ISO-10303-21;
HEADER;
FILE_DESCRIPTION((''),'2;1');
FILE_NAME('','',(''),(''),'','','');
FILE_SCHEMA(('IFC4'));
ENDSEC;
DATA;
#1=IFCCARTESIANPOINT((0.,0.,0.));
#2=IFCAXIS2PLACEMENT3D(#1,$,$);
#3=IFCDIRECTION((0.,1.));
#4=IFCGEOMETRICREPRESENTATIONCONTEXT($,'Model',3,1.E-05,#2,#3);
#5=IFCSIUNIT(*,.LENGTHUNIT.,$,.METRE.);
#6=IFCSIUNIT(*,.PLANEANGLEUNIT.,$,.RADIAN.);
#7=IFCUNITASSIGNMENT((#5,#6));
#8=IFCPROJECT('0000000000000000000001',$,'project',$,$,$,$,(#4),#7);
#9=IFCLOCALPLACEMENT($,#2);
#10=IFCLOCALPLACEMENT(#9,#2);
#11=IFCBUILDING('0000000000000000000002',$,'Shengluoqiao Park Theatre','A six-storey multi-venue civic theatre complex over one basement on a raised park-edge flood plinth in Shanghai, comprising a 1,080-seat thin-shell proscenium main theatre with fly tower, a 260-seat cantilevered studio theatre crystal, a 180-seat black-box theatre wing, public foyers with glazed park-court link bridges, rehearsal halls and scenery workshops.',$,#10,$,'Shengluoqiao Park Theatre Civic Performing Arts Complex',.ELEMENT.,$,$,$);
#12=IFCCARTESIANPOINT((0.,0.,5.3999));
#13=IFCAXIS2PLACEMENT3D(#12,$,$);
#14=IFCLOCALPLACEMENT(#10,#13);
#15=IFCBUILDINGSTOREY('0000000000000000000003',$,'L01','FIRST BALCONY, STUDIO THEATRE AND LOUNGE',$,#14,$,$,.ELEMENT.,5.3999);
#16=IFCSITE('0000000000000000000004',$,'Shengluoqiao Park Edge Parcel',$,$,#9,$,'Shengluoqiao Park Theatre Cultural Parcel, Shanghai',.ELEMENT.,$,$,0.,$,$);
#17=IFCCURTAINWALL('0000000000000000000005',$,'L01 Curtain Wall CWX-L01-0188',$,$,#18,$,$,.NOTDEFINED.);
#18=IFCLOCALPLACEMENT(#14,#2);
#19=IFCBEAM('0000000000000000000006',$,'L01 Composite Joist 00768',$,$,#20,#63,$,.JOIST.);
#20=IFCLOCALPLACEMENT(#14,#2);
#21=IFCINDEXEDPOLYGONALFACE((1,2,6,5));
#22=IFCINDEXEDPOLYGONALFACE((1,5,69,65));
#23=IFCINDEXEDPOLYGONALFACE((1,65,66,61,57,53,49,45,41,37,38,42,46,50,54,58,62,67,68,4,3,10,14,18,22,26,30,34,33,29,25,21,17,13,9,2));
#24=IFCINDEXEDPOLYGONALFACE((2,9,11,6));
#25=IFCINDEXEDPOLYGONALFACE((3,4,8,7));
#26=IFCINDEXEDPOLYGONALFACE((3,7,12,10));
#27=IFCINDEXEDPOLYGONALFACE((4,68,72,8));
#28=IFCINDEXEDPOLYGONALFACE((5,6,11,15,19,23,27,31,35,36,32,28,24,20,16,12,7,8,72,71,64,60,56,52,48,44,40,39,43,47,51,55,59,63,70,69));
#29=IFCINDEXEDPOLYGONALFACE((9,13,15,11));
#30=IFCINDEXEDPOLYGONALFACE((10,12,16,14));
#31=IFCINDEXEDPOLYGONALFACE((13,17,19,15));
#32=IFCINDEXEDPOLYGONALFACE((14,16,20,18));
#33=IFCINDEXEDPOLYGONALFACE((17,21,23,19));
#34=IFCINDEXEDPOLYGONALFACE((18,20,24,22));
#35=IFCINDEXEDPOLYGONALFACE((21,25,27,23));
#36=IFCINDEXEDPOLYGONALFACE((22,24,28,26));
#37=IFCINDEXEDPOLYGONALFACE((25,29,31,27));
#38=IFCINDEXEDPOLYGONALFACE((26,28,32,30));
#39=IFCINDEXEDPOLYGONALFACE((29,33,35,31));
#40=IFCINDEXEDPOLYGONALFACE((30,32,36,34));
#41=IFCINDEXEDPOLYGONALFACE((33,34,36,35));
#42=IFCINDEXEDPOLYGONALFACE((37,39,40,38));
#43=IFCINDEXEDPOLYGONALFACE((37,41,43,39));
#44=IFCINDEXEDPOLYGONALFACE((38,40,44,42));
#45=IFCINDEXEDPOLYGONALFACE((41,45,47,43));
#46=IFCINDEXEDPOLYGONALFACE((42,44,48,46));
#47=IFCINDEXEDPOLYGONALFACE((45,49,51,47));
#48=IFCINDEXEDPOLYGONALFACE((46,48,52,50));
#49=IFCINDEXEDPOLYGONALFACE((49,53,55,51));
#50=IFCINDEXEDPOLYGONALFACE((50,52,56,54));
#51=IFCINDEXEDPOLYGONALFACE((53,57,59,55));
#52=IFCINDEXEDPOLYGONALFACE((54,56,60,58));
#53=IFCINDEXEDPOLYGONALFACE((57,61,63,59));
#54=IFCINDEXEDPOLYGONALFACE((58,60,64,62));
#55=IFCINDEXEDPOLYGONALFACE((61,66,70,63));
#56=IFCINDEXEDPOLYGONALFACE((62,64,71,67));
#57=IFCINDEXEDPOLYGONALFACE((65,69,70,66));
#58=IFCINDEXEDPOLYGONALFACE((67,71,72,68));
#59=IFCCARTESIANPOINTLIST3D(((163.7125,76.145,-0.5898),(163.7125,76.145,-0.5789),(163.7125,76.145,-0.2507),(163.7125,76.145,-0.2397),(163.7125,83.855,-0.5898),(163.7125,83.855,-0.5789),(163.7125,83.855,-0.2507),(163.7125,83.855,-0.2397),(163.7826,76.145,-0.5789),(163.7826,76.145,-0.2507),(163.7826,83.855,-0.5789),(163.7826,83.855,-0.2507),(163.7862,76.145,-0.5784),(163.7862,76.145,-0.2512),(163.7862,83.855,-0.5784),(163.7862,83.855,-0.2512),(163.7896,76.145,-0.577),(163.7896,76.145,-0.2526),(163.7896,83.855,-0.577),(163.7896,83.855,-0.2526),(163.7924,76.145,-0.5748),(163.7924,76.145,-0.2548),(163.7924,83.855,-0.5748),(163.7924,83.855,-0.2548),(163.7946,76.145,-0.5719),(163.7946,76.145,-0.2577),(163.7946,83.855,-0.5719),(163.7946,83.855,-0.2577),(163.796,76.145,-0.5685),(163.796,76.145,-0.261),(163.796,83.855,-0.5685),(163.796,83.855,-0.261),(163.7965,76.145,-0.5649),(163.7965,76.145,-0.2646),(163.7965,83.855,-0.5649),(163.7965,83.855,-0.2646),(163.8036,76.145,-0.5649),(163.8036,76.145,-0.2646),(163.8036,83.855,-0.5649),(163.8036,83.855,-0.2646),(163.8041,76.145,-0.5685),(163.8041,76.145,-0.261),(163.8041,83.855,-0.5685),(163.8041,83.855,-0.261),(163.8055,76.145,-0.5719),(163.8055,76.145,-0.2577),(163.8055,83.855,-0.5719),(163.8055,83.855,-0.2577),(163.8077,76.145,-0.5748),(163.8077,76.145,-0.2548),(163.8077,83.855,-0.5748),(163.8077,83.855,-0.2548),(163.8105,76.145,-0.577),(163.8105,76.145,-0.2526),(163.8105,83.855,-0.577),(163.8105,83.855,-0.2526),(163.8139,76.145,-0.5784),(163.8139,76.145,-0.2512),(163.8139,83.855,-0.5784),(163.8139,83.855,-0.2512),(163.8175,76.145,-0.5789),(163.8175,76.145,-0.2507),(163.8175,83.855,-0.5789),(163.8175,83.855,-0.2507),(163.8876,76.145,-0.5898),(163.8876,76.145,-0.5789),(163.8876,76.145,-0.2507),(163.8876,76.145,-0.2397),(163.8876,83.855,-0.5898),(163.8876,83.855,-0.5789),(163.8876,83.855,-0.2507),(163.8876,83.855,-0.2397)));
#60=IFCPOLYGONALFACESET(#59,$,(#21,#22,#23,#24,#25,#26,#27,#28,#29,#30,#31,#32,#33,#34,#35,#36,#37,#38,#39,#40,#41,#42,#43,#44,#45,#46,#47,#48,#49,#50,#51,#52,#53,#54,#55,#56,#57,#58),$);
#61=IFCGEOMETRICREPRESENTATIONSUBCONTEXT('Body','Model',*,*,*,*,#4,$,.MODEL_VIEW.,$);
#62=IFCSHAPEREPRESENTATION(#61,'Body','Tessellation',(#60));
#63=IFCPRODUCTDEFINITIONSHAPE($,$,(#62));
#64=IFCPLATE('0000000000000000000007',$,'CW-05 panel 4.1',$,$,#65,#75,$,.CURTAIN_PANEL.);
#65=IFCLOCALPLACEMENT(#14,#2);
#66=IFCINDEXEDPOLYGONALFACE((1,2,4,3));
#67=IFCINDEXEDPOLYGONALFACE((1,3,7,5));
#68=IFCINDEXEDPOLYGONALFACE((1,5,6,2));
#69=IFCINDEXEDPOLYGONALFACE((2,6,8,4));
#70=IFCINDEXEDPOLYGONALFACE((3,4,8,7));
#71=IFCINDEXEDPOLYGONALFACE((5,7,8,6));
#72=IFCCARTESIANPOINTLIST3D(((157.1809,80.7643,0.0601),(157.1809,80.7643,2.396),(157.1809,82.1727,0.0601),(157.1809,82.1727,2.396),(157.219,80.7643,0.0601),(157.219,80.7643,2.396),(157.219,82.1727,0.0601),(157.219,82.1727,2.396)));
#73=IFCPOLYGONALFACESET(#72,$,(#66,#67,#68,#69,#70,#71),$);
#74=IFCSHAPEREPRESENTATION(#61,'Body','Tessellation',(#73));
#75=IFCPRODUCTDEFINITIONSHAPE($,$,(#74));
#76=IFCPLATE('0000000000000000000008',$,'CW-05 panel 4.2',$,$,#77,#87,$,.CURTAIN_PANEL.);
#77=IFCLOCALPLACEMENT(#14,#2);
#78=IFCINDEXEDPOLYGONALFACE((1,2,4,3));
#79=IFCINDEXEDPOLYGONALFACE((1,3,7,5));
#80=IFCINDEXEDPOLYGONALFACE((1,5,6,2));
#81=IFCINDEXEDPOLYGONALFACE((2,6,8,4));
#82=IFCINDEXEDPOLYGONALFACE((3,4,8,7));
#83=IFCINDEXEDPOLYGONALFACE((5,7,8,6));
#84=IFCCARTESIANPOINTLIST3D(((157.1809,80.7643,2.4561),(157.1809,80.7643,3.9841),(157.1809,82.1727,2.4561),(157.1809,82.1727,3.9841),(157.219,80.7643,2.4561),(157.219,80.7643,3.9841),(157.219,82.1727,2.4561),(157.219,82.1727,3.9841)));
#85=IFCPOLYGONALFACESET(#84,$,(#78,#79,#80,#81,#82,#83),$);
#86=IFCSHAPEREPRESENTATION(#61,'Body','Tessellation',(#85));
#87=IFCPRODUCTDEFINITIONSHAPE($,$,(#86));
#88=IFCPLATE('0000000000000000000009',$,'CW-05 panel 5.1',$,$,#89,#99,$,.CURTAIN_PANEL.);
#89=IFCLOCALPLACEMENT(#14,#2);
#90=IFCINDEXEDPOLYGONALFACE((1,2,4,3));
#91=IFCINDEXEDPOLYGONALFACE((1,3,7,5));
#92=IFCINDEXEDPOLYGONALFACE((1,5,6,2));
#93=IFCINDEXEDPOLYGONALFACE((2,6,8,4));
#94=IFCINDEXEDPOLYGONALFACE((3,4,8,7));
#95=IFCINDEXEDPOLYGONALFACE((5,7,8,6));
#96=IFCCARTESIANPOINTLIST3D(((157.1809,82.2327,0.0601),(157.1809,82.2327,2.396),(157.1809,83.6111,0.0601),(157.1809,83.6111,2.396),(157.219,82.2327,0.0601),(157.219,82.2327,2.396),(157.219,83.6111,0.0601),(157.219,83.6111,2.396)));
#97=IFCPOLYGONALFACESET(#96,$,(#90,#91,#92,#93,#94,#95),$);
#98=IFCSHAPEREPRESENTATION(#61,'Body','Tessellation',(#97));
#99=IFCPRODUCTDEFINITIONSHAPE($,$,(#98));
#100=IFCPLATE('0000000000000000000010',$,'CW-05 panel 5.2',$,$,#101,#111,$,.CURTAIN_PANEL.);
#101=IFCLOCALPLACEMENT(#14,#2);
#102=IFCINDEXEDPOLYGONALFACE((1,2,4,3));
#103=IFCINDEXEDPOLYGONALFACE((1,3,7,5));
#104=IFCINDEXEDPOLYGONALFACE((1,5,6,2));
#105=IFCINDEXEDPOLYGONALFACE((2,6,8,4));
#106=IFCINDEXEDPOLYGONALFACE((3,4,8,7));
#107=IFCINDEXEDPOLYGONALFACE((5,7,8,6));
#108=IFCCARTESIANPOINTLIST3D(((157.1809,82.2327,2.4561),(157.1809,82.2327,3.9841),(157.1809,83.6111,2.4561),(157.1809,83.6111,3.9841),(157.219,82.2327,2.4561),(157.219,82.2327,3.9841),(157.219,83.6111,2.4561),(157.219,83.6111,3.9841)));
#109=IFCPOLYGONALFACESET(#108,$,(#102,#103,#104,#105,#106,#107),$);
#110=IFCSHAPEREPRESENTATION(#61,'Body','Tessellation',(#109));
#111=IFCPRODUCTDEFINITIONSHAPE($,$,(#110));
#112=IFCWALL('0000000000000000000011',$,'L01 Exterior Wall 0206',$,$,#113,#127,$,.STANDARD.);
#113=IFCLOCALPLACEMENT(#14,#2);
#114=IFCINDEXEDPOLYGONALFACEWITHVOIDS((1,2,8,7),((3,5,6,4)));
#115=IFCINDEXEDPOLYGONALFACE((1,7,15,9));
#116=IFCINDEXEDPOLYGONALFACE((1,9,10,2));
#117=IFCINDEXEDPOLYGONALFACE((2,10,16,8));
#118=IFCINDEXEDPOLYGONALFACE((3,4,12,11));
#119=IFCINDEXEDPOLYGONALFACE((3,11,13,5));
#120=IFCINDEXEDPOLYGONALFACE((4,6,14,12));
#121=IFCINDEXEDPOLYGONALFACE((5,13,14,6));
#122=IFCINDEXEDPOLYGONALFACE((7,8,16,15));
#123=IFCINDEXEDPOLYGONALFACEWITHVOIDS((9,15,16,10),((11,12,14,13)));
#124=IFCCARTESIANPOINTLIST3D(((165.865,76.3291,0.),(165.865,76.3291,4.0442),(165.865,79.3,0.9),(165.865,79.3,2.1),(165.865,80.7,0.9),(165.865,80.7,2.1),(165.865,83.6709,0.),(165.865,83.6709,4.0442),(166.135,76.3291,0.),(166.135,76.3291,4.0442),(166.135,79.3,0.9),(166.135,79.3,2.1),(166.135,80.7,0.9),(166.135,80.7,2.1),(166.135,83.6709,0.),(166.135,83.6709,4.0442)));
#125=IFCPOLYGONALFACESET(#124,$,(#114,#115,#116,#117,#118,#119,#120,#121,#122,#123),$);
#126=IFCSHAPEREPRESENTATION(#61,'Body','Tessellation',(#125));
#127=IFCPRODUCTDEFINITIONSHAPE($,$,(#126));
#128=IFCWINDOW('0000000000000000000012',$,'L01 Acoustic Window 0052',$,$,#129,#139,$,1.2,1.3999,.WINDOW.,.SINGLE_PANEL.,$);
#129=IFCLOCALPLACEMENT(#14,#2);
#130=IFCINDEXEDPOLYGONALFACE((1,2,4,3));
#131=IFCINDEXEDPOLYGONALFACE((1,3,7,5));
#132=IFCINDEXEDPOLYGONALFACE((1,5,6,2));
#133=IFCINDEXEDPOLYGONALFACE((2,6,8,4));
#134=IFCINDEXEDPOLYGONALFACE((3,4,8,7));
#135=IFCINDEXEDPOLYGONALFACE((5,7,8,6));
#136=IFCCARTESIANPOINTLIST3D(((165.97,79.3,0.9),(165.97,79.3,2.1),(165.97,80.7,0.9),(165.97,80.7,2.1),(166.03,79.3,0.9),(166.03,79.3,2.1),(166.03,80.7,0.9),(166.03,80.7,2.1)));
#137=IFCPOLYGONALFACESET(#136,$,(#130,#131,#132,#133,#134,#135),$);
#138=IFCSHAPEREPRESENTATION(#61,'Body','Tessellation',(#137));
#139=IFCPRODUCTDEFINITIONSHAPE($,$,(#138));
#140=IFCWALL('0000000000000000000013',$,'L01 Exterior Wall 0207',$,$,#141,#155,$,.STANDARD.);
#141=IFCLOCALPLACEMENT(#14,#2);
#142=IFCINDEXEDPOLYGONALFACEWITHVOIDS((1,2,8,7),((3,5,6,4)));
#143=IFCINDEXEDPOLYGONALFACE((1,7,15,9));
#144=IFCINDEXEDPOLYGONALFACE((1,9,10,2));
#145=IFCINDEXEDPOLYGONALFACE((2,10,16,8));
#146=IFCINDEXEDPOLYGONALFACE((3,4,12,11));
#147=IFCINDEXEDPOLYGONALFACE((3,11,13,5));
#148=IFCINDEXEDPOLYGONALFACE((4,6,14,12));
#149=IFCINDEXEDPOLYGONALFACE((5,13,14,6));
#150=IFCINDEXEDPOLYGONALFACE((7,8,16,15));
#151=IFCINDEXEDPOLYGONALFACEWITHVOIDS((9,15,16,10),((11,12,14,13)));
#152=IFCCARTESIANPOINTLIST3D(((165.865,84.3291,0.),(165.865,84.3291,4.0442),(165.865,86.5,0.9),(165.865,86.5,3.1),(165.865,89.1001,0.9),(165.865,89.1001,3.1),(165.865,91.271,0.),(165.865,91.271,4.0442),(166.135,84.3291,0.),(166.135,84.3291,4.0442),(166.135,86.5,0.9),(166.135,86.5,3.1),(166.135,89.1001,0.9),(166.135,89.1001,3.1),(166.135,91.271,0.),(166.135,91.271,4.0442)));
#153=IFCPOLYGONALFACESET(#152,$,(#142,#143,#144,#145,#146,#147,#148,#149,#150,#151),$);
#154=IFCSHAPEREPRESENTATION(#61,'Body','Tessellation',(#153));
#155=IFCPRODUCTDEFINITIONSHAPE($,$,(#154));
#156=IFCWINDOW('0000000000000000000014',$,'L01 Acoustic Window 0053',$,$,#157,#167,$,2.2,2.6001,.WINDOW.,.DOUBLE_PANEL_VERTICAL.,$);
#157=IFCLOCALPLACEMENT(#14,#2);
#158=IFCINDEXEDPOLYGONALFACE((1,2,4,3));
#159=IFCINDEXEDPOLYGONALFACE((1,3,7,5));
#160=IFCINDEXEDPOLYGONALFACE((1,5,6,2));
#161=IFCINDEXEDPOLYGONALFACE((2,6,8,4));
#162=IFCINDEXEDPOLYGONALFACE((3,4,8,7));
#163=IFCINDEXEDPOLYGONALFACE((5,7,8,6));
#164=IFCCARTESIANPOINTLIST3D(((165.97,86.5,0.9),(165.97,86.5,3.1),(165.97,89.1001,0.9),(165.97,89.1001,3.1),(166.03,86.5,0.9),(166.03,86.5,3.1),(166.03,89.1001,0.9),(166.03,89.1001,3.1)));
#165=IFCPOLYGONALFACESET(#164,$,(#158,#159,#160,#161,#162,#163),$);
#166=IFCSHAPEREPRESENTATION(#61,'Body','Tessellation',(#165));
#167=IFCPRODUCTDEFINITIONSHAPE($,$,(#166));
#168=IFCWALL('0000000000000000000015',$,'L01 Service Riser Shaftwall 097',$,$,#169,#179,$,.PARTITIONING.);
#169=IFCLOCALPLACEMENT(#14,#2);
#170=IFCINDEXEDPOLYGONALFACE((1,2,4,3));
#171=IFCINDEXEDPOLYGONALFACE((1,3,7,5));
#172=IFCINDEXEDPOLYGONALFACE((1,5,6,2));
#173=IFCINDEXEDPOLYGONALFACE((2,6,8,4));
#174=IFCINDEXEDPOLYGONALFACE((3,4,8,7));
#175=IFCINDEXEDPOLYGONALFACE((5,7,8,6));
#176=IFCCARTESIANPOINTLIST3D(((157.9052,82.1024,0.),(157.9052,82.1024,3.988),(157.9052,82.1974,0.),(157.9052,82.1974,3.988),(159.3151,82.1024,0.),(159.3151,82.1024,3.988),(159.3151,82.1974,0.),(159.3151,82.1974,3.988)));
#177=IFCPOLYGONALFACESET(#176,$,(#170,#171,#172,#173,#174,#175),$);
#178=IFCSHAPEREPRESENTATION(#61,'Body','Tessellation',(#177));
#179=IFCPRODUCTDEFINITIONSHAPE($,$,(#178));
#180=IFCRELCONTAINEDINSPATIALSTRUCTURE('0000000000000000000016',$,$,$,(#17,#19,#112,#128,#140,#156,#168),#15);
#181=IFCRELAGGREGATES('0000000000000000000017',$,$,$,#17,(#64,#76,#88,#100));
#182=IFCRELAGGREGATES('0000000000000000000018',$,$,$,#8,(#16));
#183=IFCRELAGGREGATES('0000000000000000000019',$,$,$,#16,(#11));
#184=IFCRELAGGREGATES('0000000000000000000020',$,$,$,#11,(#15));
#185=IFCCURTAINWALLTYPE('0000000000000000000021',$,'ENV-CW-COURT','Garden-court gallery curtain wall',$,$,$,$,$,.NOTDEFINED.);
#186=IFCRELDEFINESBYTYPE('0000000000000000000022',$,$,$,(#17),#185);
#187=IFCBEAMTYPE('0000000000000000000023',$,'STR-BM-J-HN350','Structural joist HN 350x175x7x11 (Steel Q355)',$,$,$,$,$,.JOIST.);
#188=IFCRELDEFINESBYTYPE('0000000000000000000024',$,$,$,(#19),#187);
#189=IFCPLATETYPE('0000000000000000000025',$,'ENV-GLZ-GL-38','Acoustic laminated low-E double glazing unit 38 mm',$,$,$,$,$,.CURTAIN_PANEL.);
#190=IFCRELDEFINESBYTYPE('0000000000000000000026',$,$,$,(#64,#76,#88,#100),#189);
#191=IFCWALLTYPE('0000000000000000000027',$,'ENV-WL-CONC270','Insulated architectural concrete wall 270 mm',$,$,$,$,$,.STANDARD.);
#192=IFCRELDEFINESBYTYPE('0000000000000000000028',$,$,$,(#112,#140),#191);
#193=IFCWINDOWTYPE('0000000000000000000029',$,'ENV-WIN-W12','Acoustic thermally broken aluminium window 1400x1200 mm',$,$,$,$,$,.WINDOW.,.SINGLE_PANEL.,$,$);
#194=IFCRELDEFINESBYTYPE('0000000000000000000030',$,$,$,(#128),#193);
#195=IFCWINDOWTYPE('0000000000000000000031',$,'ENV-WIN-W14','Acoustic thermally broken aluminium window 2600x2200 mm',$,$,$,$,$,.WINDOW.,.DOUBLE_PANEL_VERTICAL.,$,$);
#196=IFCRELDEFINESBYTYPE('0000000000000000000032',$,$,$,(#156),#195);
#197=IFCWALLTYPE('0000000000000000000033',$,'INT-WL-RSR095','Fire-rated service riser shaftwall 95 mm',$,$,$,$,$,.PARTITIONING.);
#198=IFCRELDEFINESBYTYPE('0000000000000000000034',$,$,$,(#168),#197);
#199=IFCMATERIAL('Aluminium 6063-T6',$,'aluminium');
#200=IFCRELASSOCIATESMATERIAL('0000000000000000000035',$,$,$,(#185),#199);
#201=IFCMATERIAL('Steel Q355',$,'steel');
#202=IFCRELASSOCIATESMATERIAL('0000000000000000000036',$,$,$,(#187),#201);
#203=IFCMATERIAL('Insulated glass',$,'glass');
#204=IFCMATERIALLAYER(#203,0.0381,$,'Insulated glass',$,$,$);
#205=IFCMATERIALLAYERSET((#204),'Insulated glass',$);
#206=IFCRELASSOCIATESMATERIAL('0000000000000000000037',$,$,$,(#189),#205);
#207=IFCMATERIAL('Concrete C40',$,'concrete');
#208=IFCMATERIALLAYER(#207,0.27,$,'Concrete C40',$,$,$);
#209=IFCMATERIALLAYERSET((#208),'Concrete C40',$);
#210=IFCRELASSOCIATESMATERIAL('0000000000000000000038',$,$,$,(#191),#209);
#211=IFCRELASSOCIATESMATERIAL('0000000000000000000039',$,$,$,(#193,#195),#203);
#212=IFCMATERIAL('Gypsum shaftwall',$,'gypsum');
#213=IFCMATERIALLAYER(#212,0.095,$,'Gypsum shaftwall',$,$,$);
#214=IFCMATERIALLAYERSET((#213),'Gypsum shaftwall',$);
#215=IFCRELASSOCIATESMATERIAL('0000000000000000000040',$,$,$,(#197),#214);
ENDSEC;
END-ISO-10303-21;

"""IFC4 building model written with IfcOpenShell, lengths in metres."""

from ifc_helpers import new_model, si_unit, direction, frame, frame_2d, origin, origin_2d, place, context, subcontext, project, spatial, rectangle, i_section, extrude, material, layer, layer_set, material_profile, profile_set, type_object, element, fill, aggregate, save


model = new_model("IFC4")

# Units and contexts
model_context = context("Model", 3, precision=1e-05, world=origin(), true_north=direction((0.0, 1.0)))
body_context = subcontext(model_context, "Body", "Model", "MODEL_VIEW")
ifc_project = project(units=[si_unit("LENGTHUNIT", "METRE"), si_unit("PLANEANGLEUNIT", "RADIAN")], contexts=[model_context])

# Site, building, storey
site_placement = place(None, origin())
site = spatial("IfcSite", under=ifc_project, at=site_placement, Name="Shengluoqiao Park Edge Parcel", LongName="Shengluoqiao Park Theatre Cultural Parcel, Shanghai", CompositionType="ELEMENT", RefElevation=0.0)
building_placement = place(site_placement, origin())
building = spatial("IfcBuilding", under=site, at=building_placement, Name="Shengluoqiao Park Theatre", Description="A six-storey multi-venue civic theatre complex over one basement on a raised park-edge flood plinth in Shanghai, comprising a 1,080-seat thin-shell proscenium main theatre with fly tower, a 260-seat cantilevered studio theatre crystal, a 180-seat black-box theatre wing, public foyers with glazed park-court link bridges, rehearsal halls and scenery workshops.", LongName="Shengluoqiao Park Theatre Civic Performing Arts Complex", CompositionType="ELEMENT")
storey_placement = place(building_placement, frame((0.0, 0.0, 5.3999)))
storey = spatial("IfcBuildingStorey", under=building, at=storey_placement, Name="L01", Description="FIRST BALCONY, STUDIO THEATRE AND LOUNGE", CompositionType="ELEMENT", Elevation=5.3999)

# Shared definitions
ifc_material_1 = material(Name="Concrete C40", Category="concrete")

# Curtain wall
ifc_material_2 = material(Name="Aluminium 6063-T6", Category="aluminium")
curtain_wall_type = type_object("IfcCurtainWallType", Name="ENV-CW-COURT", Description="Garden-court gallery curtain wall", PredefinedType="NOTDEFINED", material=ifc_material_2)
curtain_wall_placement = place(storey_placement, origin())
curtain_wall = element("IfcCurtainWall", 1, at=curtain_wall_placement, inside=storey, type_object=curtain_wall_type, Name="L01 Curtain Wall CWX-L01-0188", PredefinedType="NOTDEFINED")

# Beam
ifc_material_3 = material(Name="Steel Q355", Category="steel")
ifc_material_profile_1 = material_profile(ifc_material_3, i_section(OverallWidth=0.175, OverallDepth=0.3501, WebThickness=0.0071, FlangeThickness=0.011, FilletRadius=0.0139, at=origin_2d()), Name="HN 350x175x7x11")
ifc_profile_set_1 = profile_set([ifc_material_profile_1], Name="Steel Q355")
beam_type_1 = type_object("IfcBeamType", Name="STR-BM-J-HN350", Description="Structural joist HN 350x175x7x11 (Steel Q355)", PredefinedType="JOIST", material=ifc_profile_set_1)
for number, where, z_axis, x_axis, name in (
    (2, (163.8, 76.145, -0.4148), (0.0, 1.0, 0.0), (-1.0, 0.0, 0.0), "L01 Composite Joist 00768"),
):
    element("IfcBeam", number, at=place(storey_placement, frame(where, z_axis=z_axis, x_axis=x_axis)), inside=storey, type_object=beam_type_1, Name=name, PredefinedType="JOIST", context=body_context, shape_type="SweptSolid", body=[
        extrude(i_section(OverallWidth=0.175, OverallDepth=0.3501, WebThickness=0.0071, FlangeThickness=0.011, FilletRadius=0.0139, at=origin_2d()), origin(), (0.0, 0.0, 1.0), 7.71),
    ])

# Plates
ifc_material_4 = material(Name="Insulated glass", Category="glass")
ifc_layer_1 = layer(ifc_material_4, 0.0381, Name="Insulated glass")
ifc_layer_set_1 = layer_set([ifc_layer_1], Name="Insulated glass")
plate_type = type_object("IfcPlateType", Name="ENV-GLZ-GL-38", Description="Acoustic laminated low-E double glazing unit 38 mm", PredefinedType="CURTAIN_PANEL", material=ifc_layer_set_1)
plate_1_placement = place(storey_placement, frame((157.2, 81.4685, 0.0601), z_axis=(0.0, 0.0, 1.0), x_axis=(0.0, 1.0, 0.0)))
plate_1 = element("IfcPlate", 3, at=plate_1_placement, type_object=plate_type, Name="CW-05 panel 4.1", PredefinedType="CURTAIN_PANEL", context=body_context, shape_type="SweptSolid", body=[
    extrude(rectangle(XDim=1.4084, YDim=0.0381, at=origin_2d()), origin(), (0.0, 0.0, 1.0), 2.3359),
])
plate_2_placement = place(storey_placement, frame((157.2, 81.4685, 2.4561), z_axis=(0.0, 0.0, 1.0), x_axis=(0.0, 1.0, 0.0)))
plate_2 = element("IfcPlate", 4, at=plate_2_placement, type_object=plate_type, Name="CW-05 panel 4.2", PredefinedType="CURTAIN_PANEL", context=body_context, shape_type="SweptSolid", body=[
    extrude(rectangle(XDim=1.4084, YDim=0.0381, at=origin_2d()), origin(), (0.0, 0.0, 1.0), 1.5281),
])
plate_3_placement = place(storey_placement, frame((157.2, 82.9219, 0.0601), z_axis=(0.0, 0.0, 1.0), x_axis=(0.0, 1.0, 0.0)))
plate_3 = element("IfcPlate", 5, at=plate_3_placement, type_object=plate_type, Name="CW-05 panel 5.1", PredefinedType="CURTAIN_PANEL", context=body_context, shape_type="SweptSolid", body=[
    extrude(rectangle(XDim=1.3784, YDim=0.0381, at=origin_2d()), origin(), (0.0, 0.0, 1.0), 2.3359),
])
plate_4_placement = place(storey_placement, frame((157.2, 82.9219, 2.4561), z_axis=(0.0, 0.0, 1.0), x_axis=(0.0, 1.0, 0.0)))
plate_4 = element("IfcPlate", 6, at=plate_4_placement, type_object=plate_type, Name="CW-05 panel 5.2", PredefinedType="CURTAIN_PANEL", context=body_context, shape_type="SweptSolid", body=[
    extrude(rectangle(XDim=1.3784, YDim=0.0381, at=origin_2d()), origin(), (0.0, 0.0, 1.0), 1.5281),
])
aggregate(curtain_wall, [plate_1, plate_2, plate_3, plate_4])

# Walls, openings, windows
ifc_layer_2 = layer(ifc_material_1, 0.27, Name="Concrete C40")
ifc_layer_set_2 = layer_set([ifc_layer_2], Name="Concrete C40")
wall_type_1 = type_object("IfcWallType", Name="ENV-WL-CONC270", Description="Insulated architectural concrete wall 270 mm", PredefinedType="STANDARD", material=ifc_layer_set_2)
wall_1_placement = place(storey_placement, frame((166.0, 76.3291, 0.0), z_axis=(0.0, 0.0, 1.0), x_axis=(0.0, 1.0, 0.0)))
wall_1 = element("IfcWall", 7, at=wall_1_placement, inside=storey, type_object=wall_type_1, Name="L01 Exterior Wall 0206", PredefinedType="STANDARD", context=body_context, shape_type="SweptSolid", body=[
    extrude(rectangle(XDim=7.3418, YDim=0.27, at=frame_2d((3.6709, 0.0))), origin(), (0.0, 0.0, 1.0), 4.0442),
])
opening_1_placement = place(wall_1_placement, frame((2.9709, 0.0, 0.8999)))
opening_1 = element("IfcOpeningElement", 8, at=opening_1_placement, cuts=wall_1, PredefinedType="OPENING", context=body_context, shape_type="SweptSolid", body=[
    extrude(rectangle(XDim=1.3999, YDim=1.2, at=frame_2d((0.7, 0.6001))), frame((0.0, 0.145, 0.0), z_axis=(0.0, -1.0, 0.0), x_axis=(1.0, 0.0, 0.0)), (0.0, 0.0, 1.0), 0.29),
])
window_type_1 = type_object("IfcWindowType", Name="ENV-WIN-W12", Description="Acoustic thermally broken aluminium window 1400x1200 mm", PartitioningType="SINGLE_PANEL", PredefinedType="WINDOW", material=ifc_material_4)
window_1_placement = place(opening_1_placement, origin())
window_1 = element("IfcWindow", 9, at=window_1_placement, inside=storey, type_object=window_type_1, Name="L01 Acoustic Window 0052", OverallHeight=1.2, OverallWidth=1.3999, PartitioningType="SINGLE_PANEL", PredefinedType="WINDOW", context=body_context, shape_type="SweptSolid", body=[
    extrude(rectangle(XDim=1.3999, YDim=1.2, at=frame_2d((0.7, 0.6001))), frame((0.0, 0.03, 0.0), z_axis=(0.0, -1.0, 0.0), x_axis=(1.0, 0.0, 0.0)), (0.0, 0.0, 1.0), 0.0601),
])
fill(opening_1, window_1)
wall_2_placement = place(storey_placement, frame((166.0, 84.3291, 0.0), z_axis=(0.0, 0.0, 1.0), x_axis=(0.0, 1.0, 0.0)))
wall_2 = element("IfcWall", 10, at=wall_2_placement, inside=storey, type_object=wall_type_1, Name="L01 Exterior Wall 0207", PredefinedType="STANDARD", context=body_context, shape_type="SweptSolid", body=[
    extrude(rectangle(XDim=6.9419, YDim=0.27, at=frame_2d((3.4709, 0.0))), origin(), (0.0, 0.0, 1.0), 4.0442),
])
opening_2_placement = place(wall_2_placement, frame((2.1709, 0.0, 0.8999)))
opening_2 = element("IfcOpeningElement", 11, at=opening_2_placement, cuts=wall_2, PredefinedType="OPENING", context=body_context, shape_type="SweptSolid", body=[
    extrude(rectangle(XDim=2.6001, YDim=2.2, at=frame_2d((1.3, 1.1001))), frame((0.0, 0.145, 0.0), z_axis=(0.0, -1.0, 0.0), x_axis=(1.0, 0.0, 0.0)), (0.0, 0.0, 1.0), 0.29),
])
window_type_2 = type_object("IfcWindowType", Name="ENV-WIN-W14", Description="Acoustic thermally broken aluminium window 2600x2200 mm", PartitioningType="DOUBLE_PANEL_VERTICAL", PredefinedType="WINDOW", material=ifc_material_4)
window_2_placement = place(opening_2_placement, origin())
window_2 = element("IfcWindow", 12, at=window_2_placement, inside=storey, type_object=window_type_2, Name="L01 Acoustic Window 0053", OverallHeight=2.2, OverallWidth=2.6001, PartitioningType="DOUBLE_PANEL_VERTICAL", PredefinedType="WINDOW", context=body_context, shape_type="SweptSolid", body=[
    extrude(rectangle(XDim=2.6001, YDim=2.2, at=frame_2d((1.3, 1.1001))), frame((0.0, 0.03, 0.0), z_axis=(0.0, -1.0, 0.0), x_axis=(1.0, 0.0, 0.0)), (0.0, 0.0, 1.0), 0.0601),
])
fill(opening_2, window_2)

# Wall
ifc_material_5 = material(Name="Gypsum shaftwall", Category="gypsum")
ifc_layer_3 = layer(ifc_material_5, 0.095, Name="Gypsum shaftwall")
ifc_layer_set_3 = layer_set([ifc_layer_3], Name="Gypsum shaftwall")
wall_type_2 = type_object("IfcWallType", Name="INT-WL-RSR095", Description="Fire-rated service riser shaftwall 95 mm", PredefinedType="PARTITIONING", material=ifc_layer_set_3)
for number, where, z_axis, x_axis, name in (
    (13, (157.905, 82.1499, 0.0), (0.0, 0.0, 1.0), (1.0, 0.0, 0.0), "L01 Service Riser Shaftwall 097"),
):
    element("IfcWall", number, at=place(storey_placement, frame(where, z_axis=z_axis, x_axis=x_axis)), inside=storey, type_object=wall_type_2, Name=name, PredefinedType="PARTITIONING", context=body_context, shape_type="SweptSolid", body=[
        extrude(rectangle(XDim=1.4099, YDim=0.095, at=frame_2d((0.7051, 0.0))), origin(), (0.0, 0.0, 1.0), 3.988),
    ])

save(model, "model.ifc")
